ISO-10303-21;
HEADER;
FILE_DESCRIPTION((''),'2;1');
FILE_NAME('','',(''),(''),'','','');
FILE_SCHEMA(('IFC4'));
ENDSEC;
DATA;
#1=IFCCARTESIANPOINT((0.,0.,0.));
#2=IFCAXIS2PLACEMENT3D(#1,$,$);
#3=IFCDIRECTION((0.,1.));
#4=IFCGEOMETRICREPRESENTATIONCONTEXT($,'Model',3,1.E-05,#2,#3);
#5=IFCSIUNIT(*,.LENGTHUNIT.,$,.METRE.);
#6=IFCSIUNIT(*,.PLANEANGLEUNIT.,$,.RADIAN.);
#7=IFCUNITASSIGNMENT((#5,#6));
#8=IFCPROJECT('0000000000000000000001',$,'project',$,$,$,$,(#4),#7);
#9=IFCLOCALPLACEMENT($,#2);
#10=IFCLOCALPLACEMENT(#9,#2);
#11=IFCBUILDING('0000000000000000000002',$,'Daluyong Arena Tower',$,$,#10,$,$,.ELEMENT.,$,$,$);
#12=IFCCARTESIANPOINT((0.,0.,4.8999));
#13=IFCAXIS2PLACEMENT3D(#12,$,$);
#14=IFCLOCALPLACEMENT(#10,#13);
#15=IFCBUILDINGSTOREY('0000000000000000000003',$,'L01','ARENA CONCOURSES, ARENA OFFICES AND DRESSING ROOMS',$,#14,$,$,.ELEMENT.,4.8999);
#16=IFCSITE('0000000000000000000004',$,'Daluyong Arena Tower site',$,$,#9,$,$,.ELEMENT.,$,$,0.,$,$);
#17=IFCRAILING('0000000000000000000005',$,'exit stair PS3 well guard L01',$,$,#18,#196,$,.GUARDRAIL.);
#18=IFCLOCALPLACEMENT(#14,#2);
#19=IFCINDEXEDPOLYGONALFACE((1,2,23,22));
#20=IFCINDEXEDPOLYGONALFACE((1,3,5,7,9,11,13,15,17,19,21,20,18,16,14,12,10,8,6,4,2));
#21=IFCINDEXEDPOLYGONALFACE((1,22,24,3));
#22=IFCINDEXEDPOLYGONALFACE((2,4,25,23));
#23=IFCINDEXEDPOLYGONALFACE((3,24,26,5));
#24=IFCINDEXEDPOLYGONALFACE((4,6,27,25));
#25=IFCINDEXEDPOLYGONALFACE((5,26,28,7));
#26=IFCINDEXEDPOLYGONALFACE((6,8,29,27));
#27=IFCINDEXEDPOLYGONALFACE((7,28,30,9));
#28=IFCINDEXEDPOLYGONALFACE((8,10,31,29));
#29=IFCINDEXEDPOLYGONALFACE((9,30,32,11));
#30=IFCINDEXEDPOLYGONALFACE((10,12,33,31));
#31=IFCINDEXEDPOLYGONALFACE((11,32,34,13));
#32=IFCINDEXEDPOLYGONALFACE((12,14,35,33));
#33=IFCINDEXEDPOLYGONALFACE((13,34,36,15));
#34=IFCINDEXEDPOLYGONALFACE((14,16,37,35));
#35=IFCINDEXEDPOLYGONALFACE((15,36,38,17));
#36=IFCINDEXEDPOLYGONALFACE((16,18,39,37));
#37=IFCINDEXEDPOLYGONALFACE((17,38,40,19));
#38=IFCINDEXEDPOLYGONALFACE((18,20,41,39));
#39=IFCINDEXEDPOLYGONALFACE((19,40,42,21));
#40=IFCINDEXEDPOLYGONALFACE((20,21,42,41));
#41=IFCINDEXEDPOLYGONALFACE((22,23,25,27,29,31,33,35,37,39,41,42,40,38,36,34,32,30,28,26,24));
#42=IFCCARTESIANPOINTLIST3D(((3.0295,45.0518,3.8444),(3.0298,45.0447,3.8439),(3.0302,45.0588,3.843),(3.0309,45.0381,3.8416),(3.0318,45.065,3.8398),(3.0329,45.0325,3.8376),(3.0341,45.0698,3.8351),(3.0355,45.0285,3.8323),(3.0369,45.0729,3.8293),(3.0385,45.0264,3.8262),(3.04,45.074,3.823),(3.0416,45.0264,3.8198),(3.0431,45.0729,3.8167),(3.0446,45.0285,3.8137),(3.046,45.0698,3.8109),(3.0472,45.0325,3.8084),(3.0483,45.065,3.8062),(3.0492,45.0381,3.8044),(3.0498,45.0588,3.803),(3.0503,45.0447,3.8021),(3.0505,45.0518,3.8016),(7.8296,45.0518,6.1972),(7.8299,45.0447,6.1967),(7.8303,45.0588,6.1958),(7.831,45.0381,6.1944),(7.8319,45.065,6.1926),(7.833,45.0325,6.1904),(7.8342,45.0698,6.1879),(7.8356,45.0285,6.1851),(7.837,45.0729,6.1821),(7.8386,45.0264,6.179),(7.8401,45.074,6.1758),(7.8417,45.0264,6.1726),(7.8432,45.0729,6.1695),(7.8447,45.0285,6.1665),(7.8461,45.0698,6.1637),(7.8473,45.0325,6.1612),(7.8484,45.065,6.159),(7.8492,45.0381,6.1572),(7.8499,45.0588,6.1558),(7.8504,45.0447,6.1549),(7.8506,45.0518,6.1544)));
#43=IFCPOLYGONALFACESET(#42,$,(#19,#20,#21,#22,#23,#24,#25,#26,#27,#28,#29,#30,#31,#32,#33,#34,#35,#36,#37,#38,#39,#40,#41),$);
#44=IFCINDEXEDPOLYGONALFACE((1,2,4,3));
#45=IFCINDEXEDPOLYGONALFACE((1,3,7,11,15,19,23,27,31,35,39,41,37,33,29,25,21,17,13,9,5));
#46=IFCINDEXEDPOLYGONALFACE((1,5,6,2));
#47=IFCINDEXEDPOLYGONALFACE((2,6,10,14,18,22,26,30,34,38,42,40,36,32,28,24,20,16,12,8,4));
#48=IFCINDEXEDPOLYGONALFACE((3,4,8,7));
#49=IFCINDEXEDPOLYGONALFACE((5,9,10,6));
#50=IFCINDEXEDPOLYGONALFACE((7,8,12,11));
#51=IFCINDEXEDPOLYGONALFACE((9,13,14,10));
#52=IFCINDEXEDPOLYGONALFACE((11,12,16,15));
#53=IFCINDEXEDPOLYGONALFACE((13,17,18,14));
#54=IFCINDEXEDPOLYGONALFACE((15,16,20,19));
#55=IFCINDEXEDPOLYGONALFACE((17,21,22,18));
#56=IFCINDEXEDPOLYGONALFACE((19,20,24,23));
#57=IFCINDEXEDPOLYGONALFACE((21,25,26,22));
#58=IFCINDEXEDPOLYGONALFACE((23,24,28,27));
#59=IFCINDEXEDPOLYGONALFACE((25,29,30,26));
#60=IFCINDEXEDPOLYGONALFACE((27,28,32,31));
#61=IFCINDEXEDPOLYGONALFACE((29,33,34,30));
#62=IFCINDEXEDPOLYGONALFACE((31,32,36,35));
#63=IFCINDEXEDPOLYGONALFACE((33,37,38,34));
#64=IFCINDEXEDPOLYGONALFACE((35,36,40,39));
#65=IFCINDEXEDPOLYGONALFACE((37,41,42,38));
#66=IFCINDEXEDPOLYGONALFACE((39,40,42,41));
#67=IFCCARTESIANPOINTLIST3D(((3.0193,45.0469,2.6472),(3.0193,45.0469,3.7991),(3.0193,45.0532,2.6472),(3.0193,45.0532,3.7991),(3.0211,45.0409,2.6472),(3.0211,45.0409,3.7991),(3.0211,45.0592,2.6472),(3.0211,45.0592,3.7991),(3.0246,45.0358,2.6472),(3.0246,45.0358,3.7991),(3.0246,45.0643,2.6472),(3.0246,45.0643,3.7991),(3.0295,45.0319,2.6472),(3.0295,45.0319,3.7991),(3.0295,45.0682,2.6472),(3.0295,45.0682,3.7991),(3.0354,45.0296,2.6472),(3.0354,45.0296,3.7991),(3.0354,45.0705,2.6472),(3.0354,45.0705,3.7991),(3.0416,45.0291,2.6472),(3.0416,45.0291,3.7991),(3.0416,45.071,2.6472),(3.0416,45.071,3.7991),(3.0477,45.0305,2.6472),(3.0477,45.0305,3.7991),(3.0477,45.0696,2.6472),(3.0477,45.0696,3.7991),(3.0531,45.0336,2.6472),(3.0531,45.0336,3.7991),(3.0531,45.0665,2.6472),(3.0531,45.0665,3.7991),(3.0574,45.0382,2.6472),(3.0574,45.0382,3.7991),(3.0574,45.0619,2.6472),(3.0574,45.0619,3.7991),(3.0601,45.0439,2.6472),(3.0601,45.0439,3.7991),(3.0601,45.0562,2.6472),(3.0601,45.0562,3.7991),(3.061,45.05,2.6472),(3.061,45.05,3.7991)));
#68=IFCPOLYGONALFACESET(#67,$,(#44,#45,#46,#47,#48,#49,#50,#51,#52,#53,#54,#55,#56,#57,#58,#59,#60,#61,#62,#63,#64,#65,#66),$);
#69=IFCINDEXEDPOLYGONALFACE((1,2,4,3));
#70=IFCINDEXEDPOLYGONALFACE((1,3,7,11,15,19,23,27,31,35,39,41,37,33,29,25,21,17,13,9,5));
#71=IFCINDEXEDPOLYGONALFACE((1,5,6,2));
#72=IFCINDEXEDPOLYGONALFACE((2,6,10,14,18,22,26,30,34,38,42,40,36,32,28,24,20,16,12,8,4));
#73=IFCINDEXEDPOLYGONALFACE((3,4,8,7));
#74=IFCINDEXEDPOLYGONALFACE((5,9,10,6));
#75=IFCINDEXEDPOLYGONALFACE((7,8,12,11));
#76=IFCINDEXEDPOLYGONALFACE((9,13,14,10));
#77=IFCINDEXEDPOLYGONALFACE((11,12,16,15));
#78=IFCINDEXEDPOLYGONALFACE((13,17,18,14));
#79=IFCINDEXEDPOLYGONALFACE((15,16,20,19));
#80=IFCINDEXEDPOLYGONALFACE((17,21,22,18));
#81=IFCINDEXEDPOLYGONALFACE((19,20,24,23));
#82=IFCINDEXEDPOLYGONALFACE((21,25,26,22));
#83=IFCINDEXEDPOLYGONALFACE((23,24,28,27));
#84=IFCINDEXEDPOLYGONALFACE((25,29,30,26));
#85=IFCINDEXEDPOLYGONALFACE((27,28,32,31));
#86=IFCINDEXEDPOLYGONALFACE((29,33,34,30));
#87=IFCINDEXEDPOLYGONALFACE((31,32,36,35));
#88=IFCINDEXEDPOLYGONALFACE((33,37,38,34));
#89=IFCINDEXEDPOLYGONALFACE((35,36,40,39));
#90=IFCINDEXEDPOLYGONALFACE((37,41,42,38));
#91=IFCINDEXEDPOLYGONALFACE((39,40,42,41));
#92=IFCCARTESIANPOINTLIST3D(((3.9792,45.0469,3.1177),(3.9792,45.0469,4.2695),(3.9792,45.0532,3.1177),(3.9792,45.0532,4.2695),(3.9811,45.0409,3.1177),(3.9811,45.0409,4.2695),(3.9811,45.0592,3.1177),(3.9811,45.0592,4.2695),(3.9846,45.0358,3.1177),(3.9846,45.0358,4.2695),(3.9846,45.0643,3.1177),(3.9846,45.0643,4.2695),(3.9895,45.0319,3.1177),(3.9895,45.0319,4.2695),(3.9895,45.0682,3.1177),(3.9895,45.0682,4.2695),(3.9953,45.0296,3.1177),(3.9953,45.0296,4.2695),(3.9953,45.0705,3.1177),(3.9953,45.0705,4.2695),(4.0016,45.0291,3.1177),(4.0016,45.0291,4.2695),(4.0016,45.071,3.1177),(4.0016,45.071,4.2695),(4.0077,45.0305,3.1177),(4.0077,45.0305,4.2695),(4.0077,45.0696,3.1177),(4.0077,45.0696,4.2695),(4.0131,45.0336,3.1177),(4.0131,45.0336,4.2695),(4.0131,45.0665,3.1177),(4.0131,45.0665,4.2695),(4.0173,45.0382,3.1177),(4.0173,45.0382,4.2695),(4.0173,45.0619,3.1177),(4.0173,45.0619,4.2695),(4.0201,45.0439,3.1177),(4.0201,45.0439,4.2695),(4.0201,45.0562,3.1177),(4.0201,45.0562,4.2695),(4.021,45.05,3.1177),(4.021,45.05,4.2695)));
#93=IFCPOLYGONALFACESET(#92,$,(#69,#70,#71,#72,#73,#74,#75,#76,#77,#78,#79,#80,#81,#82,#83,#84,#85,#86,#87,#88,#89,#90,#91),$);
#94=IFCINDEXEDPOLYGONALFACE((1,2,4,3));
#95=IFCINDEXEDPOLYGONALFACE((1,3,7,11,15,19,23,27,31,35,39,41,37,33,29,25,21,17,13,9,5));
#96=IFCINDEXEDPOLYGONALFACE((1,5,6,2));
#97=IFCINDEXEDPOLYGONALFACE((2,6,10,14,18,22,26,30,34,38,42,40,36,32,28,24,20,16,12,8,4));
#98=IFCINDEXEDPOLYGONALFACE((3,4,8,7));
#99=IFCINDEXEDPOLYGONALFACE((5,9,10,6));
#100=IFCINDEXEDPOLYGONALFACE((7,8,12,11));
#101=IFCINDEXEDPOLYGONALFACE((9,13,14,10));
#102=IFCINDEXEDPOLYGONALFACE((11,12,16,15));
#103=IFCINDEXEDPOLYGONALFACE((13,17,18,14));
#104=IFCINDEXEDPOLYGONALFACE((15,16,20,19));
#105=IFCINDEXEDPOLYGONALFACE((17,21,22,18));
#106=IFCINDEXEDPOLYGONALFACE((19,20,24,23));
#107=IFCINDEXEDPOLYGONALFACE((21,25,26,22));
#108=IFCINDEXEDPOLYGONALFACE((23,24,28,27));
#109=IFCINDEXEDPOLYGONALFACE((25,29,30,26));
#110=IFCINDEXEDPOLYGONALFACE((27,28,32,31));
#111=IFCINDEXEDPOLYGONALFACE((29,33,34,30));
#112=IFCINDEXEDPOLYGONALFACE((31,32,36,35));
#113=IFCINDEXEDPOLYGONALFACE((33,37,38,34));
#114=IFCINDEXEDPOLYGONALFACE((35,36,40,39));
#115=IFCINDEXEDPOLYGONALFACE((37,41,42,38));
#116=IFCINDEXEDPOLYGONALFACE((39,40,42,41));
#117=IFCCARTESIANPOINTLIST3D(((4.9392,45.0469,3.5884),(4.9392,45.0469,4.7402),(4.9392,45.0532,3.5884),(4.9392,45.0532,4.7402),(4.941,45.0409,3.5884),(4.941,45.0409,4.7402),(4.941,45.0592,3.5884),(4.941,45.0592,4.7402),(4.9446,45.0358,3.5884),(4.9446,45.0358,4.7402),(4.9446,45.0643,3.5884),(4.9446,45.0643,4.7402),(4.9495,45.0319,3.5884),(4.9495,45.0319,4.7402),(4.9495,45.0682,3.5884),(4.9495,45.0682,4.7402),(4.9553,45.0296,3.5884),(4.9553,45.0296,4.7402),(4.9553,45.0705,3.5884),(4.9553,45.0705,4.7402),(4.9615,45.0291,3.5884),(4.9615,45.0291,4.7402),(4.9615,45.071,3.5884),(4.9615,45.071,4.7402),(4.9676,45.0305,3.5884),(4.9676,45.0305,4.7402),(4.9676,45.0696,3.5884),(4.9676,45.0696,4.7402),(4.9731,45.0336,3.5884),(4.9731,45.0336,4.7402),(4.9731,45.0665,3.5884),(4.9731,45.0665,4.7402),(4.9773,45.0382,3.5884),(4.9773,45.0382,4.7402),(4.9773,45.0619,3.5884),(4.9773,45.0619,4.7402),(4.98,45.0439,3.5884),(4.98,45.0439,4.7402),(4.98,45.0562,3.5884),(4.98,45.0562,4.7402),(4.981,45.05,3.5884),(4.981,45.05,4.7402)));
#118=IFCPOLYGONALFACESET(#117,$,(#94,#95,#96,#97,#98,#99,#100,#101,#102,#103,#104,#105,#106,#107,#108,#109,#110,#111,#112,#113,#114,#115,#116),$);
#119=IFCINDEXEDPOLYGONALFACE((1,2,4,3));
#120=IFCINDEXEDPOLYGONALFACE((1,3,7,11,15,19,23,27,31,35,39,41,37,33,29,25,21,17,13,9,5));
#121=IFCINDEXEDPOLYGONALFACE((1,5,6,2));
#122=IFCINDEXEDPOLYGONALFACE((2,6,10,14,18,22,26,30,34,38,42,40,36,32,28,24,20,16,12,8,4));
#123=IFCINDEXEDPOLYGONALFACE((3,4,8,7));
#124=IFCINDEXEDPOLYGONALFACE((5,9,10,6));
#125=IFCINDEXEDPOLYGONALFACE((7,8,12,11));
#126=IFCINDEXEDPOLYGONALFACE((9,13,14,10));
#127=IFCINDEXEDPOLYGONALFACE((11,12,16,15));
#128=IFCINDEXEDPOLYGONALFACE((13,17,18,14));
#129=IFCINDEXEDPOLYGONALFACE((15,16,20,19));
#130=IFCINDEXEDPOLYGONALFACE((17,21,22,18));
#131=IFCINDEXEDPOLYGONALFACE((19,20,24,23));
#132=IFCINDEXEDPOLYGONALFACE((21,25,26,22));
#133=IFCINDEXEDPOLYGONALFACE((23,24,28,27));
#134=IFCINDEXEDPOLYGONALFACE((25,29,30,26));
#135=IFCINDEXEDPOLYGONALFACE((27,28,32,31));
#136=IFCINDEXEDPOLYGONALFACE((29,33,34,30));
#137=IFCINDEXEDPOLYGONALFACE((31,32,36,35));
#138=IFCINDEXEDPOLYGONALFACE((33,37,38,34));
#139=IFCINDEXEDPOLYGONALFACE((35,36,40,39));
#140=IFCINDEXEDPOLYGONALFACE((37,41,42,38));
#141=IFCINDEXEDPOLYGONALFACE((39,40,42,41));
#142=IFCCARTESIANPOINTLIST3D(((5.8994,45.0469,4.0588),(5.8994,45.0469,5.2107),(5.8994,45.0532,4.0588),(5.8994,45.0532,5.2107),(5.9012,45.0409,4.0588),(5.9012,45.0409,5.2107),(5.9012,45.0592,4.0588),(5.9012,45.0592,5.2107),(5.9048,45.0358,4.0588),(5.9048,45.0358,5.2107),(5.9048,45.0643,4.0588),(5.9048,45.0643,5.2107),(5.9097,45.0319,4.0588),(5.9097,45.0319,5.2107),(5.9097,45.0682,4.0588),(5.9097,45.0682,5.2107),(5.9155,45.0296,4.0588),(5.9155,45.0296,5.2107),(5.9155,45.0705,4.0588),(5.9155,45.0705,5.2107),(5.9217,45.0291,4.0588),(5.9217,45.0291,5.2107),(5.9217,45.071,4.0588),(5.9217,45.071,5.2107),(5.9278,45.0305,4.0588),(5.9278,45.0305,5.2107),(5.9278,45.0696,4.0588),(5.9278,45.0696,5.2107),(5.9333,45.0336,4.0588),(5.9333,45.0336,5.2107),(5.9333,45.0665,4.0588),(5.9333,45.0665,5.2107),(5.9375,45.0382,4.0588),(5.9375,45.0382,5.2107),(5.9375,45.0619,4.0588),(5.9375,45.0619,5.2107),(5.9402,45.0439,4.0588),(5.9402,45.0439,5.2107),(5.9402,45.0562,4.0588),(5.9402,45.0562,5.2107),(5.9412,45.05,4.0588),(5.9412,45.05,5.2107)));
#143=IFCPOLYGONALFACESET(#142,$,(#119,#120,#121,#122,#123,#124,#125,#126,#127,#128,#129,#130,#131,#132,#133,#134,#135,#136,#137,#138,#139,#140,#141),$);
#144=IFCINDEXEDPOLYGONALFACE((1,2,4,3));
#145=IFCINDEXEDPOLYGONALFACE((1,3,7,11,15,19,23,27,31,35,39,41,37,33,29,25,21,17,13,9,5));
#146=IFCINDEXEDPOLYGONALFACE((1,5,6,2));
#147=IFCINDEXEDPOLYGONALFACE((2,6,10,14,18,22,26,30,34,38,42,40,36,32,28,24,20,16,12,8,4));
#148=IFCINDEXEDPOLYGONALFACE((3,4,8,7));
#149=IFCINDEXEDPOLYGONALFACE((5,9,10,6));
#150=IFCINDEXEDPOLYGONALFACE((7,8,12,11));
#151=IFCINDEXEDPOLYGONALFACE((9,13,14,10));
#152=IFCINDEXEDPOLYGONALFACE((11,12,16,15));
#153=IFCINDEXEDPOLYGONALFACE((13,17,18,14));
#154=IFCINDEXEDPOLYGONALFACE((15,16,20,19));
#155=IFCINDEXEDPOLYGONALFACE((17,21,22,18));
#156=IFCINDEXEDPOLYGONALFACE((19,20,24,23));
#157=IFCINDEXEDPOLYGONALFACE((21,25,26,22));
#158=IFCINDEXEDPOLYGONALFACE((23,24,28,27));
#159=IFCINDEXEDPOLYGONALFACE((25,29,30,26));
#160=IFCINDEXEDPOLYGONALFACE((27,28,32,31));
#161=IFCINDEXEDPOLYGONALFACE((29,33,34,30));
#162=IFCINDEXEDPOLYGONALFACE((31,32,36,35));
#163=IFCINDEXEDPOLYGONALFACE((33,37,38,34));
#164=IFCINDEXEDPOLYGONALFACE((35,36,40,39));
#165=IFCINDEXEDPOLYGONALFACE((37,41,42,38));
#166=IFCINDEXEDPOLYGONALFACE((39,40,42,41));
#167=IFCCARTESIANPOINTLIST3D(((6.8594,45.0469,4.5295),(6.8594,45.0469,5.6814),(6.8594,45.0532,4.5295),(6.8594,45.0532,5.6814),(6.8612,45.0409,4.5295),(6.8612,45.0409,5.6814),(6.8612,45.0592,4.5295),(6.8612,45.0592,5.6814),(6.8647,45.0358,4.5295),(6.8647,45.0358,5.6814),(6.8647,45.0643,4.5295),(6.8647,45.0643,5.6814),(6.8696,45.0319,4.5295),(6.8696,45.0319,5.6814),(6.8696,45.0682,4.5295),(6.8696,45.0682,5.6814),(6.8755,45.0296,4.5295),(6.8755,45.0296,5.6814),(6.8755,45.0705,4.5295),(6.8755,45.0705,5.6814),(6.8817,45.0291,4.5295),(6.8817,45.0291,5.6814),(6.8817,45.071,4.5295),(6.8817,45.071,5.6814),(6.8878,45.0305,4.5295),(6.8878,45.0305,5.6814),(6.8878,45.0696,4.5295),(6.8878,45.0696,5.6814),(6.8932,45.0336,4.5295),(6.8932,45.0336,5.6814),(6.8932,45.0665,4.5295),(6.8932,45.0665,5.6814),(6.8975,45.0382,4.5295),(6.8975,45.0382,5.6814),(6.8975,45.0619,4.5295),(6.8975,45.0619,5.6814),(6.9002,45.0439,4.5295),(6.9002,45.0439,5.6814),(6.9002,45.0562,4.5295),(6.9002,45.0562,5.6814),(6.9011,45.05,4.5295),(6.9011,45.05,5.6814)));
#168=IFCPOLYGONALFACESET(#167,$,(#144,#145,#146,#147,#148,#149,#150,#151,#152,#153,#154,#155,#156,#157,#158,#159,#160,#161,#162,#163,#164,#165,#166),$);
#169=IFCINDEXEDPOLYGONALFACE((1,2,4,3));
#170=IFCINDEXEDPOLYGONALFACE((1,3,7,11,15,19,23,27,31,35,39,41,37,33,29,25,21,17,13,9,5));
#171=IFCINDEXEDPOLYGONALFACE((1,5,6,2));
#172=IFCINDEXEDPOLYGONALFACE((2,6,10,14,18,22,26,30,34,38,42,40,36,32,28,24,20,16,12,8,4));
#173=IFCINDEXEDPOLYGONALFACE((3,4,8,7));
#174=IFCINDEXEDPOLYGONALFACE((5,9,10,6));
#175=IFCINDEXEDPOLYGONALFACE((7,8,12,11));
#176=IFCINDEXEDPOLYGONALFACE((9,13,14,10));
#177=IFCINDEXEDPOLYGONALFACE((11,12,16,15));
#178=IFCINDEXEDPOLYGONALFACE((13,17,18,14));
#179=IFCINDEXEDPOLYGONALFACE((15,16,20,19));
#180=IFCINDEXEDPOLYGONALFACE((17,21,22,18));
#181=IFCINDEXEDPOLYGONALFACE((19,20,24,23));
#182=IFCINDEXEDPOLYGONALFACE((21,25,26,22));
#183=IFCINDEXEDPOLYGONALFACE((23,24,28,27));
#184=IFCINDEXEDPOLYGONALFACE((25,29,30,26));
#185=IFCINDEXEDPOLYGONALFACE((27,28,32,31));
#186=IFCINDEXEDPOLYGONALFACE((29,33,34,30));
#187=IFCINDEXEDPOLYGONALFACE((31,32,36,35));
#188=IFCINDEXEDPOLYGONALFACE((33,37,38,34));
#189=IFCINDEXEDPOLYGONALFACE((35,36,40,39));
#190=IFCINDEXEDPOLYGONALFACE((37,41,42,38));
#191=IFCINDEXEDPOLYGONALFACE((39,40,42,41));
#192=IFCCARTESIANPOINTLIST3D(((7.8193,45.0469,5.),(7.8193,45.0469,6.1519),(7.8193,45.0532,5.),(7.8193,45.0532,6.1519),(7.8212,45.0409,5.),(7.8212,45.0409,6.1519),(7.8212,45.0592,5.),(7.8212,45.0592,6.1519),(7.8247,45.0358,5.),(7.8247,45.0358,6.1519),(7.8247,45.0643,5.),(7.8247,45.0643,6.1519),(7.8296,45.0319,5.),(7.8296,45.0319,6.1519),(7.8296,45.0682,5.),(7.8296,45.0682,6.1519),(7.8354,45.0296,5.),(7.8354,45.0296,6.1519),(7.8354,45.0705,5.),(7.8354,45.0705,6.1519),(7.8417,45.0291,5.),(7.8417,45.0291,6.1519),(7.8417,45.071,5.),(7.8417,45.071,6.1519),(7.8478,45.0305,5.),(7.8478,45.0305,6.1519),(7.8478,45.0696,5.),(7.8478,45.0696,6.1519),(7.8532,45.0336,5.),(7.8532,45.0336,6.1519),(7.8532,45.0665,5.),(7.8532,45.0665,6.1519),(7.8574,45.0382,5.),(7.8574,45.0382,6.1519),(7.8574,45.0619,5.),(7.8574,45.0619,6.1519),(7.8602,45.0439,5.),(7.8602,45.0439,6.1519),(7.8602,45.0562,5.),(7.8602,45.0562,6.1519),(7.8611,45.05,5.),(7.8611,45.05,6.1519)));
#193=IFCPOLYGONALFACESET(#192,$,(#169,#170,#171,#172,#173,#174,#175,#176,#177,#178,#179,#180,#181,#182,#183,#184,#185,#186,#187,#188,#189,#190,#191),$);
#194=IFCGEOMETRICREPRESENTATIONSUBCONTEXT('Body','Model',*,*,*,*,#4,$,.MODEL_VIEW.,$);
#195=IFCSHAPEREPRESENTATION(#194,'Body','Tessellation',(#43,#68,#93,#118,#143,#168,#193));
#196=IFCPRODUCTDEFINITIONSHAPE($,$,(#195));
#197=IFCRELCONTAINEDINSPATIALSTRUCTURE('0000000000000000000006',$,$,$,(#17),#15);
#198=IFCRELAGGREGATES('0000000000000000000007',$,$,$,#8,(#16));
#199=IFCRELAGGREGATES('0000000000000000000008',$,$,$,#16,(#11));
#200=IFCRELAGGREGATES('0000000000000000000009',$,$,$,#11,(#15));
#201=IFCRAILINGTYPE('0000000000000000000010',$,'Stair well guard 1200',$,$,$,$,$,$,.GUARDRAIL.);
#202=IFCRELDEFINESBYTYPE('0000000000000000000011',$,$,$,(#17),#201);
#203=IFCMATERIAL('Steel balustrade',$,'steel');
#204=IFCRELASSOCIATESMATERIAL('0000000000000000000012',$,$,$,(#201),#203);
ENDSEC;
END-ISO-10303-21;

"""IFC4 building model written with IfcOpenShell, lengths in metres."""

from ifc_helpers import new_model, si_unit, direction, frame, origin, origin_2d, place, context, subcontext, project, spatial, circle, extrude, material, type_object, element, save


model = new_model("IFC4")

# Units and contexts
model_context = context("Model", 3, precision=1e-05, world=origin(), true_north=direction((0.0, 1.0)))
body_context = subcontext(model_context, "Body", "Model", "MODEL_VIEW")
ifc_project = project(units=[si_unit("LENGTHUNIT", "METRE"), si_unit("PLANEANGLEUNIT", "RADIAN")], contexts=[model_context])

# Site, building, storey
site_placement = place(None, origin())
site = spatial("IfcSite", under=ifc_project, at=site_placement, Name="Daluyong Arena Tower site", CompositionType="ELEMENT", RefElevation=0.0)
building_placement = place(site_placement, origin())
building = spatial("IfcBuilding", under=site, at=building_placement, Name="Daluyong Arena Tower", CompositionType="ELEMENT")
storey_placement = place(building_placement, frame((0.0, 0.0, 4.8999)))
storey = spatial("IfcBuildingStorey", under=building, at=storey_placement, Name="L01", Description="ARENA CONCOURSES, ARENA OFFICES AND DRESSING ROOMS", CompositionType="ELEMENT", Elevation=4.8999)

# Railing
ifc_material_1 = material(Name="Steel balustrade", Category="steel")
railing_type_1 = type_object("IfcRailingType", Name="Stair well guard 1200", PredefinedType="GUARDRAIL", material=ifc_material_1)
railing_1_placement = place(storey_placement, frame((3.04, 45.05, 2.6472)))
element("IfcRailing", 1, at=railing_1_placement, inside=storey, type_object=railing_type_1, Name="exit stair PS3 well guard L01", PredefinedType="GUARDRAIL", context=body_context, shape_type="SweptSolid", body=[
    extrude(circle(Radius=0.0239, at=origin_2d()), frame((0.0, 0.0, 1.1758), z_axis=(0.897934, 0.0, 0.44013), x_axis=(0.0, 1.0, 0.0)), (0.0, 0.0, 1.0), 5.3457),
    extrude(circle(Radius=0.021, at=origin_2d()), origin(), (0.0, 0.0, 1.0), 1.1519),
    extrude(circle(Radius=0.021, at=origin_2d()), frame((0.96, 0.0, 0.4705)), (0.0, 0.0, 1.0), 1.1519),
    extrude(circle(Radius=0.021, at=origin_2d()), frame((1.9199, 0.0, 0.9412)), (0.0, 0.0, 1.0), 1.1519),
    extrude(circle(Radius=0.021, at=origin_2d()), frame((2.8801, 0.0, 1.4116)), (0.0, 0.0, 1.0), 1.1519),
    extrude(circle(Radius=0.021, at=origin_2d()), frame((3.8401, 0.0, 1.8823)), (0.0, 0.0, 1.0), 1.1519),
    extrude(circle(Radius=0.021, at=origin_2d()), frame((4.8, 0.0, 2.3528)), (0.0, 0.0, 1.0), 1.1519),
])

save(model, "model.ifc")
